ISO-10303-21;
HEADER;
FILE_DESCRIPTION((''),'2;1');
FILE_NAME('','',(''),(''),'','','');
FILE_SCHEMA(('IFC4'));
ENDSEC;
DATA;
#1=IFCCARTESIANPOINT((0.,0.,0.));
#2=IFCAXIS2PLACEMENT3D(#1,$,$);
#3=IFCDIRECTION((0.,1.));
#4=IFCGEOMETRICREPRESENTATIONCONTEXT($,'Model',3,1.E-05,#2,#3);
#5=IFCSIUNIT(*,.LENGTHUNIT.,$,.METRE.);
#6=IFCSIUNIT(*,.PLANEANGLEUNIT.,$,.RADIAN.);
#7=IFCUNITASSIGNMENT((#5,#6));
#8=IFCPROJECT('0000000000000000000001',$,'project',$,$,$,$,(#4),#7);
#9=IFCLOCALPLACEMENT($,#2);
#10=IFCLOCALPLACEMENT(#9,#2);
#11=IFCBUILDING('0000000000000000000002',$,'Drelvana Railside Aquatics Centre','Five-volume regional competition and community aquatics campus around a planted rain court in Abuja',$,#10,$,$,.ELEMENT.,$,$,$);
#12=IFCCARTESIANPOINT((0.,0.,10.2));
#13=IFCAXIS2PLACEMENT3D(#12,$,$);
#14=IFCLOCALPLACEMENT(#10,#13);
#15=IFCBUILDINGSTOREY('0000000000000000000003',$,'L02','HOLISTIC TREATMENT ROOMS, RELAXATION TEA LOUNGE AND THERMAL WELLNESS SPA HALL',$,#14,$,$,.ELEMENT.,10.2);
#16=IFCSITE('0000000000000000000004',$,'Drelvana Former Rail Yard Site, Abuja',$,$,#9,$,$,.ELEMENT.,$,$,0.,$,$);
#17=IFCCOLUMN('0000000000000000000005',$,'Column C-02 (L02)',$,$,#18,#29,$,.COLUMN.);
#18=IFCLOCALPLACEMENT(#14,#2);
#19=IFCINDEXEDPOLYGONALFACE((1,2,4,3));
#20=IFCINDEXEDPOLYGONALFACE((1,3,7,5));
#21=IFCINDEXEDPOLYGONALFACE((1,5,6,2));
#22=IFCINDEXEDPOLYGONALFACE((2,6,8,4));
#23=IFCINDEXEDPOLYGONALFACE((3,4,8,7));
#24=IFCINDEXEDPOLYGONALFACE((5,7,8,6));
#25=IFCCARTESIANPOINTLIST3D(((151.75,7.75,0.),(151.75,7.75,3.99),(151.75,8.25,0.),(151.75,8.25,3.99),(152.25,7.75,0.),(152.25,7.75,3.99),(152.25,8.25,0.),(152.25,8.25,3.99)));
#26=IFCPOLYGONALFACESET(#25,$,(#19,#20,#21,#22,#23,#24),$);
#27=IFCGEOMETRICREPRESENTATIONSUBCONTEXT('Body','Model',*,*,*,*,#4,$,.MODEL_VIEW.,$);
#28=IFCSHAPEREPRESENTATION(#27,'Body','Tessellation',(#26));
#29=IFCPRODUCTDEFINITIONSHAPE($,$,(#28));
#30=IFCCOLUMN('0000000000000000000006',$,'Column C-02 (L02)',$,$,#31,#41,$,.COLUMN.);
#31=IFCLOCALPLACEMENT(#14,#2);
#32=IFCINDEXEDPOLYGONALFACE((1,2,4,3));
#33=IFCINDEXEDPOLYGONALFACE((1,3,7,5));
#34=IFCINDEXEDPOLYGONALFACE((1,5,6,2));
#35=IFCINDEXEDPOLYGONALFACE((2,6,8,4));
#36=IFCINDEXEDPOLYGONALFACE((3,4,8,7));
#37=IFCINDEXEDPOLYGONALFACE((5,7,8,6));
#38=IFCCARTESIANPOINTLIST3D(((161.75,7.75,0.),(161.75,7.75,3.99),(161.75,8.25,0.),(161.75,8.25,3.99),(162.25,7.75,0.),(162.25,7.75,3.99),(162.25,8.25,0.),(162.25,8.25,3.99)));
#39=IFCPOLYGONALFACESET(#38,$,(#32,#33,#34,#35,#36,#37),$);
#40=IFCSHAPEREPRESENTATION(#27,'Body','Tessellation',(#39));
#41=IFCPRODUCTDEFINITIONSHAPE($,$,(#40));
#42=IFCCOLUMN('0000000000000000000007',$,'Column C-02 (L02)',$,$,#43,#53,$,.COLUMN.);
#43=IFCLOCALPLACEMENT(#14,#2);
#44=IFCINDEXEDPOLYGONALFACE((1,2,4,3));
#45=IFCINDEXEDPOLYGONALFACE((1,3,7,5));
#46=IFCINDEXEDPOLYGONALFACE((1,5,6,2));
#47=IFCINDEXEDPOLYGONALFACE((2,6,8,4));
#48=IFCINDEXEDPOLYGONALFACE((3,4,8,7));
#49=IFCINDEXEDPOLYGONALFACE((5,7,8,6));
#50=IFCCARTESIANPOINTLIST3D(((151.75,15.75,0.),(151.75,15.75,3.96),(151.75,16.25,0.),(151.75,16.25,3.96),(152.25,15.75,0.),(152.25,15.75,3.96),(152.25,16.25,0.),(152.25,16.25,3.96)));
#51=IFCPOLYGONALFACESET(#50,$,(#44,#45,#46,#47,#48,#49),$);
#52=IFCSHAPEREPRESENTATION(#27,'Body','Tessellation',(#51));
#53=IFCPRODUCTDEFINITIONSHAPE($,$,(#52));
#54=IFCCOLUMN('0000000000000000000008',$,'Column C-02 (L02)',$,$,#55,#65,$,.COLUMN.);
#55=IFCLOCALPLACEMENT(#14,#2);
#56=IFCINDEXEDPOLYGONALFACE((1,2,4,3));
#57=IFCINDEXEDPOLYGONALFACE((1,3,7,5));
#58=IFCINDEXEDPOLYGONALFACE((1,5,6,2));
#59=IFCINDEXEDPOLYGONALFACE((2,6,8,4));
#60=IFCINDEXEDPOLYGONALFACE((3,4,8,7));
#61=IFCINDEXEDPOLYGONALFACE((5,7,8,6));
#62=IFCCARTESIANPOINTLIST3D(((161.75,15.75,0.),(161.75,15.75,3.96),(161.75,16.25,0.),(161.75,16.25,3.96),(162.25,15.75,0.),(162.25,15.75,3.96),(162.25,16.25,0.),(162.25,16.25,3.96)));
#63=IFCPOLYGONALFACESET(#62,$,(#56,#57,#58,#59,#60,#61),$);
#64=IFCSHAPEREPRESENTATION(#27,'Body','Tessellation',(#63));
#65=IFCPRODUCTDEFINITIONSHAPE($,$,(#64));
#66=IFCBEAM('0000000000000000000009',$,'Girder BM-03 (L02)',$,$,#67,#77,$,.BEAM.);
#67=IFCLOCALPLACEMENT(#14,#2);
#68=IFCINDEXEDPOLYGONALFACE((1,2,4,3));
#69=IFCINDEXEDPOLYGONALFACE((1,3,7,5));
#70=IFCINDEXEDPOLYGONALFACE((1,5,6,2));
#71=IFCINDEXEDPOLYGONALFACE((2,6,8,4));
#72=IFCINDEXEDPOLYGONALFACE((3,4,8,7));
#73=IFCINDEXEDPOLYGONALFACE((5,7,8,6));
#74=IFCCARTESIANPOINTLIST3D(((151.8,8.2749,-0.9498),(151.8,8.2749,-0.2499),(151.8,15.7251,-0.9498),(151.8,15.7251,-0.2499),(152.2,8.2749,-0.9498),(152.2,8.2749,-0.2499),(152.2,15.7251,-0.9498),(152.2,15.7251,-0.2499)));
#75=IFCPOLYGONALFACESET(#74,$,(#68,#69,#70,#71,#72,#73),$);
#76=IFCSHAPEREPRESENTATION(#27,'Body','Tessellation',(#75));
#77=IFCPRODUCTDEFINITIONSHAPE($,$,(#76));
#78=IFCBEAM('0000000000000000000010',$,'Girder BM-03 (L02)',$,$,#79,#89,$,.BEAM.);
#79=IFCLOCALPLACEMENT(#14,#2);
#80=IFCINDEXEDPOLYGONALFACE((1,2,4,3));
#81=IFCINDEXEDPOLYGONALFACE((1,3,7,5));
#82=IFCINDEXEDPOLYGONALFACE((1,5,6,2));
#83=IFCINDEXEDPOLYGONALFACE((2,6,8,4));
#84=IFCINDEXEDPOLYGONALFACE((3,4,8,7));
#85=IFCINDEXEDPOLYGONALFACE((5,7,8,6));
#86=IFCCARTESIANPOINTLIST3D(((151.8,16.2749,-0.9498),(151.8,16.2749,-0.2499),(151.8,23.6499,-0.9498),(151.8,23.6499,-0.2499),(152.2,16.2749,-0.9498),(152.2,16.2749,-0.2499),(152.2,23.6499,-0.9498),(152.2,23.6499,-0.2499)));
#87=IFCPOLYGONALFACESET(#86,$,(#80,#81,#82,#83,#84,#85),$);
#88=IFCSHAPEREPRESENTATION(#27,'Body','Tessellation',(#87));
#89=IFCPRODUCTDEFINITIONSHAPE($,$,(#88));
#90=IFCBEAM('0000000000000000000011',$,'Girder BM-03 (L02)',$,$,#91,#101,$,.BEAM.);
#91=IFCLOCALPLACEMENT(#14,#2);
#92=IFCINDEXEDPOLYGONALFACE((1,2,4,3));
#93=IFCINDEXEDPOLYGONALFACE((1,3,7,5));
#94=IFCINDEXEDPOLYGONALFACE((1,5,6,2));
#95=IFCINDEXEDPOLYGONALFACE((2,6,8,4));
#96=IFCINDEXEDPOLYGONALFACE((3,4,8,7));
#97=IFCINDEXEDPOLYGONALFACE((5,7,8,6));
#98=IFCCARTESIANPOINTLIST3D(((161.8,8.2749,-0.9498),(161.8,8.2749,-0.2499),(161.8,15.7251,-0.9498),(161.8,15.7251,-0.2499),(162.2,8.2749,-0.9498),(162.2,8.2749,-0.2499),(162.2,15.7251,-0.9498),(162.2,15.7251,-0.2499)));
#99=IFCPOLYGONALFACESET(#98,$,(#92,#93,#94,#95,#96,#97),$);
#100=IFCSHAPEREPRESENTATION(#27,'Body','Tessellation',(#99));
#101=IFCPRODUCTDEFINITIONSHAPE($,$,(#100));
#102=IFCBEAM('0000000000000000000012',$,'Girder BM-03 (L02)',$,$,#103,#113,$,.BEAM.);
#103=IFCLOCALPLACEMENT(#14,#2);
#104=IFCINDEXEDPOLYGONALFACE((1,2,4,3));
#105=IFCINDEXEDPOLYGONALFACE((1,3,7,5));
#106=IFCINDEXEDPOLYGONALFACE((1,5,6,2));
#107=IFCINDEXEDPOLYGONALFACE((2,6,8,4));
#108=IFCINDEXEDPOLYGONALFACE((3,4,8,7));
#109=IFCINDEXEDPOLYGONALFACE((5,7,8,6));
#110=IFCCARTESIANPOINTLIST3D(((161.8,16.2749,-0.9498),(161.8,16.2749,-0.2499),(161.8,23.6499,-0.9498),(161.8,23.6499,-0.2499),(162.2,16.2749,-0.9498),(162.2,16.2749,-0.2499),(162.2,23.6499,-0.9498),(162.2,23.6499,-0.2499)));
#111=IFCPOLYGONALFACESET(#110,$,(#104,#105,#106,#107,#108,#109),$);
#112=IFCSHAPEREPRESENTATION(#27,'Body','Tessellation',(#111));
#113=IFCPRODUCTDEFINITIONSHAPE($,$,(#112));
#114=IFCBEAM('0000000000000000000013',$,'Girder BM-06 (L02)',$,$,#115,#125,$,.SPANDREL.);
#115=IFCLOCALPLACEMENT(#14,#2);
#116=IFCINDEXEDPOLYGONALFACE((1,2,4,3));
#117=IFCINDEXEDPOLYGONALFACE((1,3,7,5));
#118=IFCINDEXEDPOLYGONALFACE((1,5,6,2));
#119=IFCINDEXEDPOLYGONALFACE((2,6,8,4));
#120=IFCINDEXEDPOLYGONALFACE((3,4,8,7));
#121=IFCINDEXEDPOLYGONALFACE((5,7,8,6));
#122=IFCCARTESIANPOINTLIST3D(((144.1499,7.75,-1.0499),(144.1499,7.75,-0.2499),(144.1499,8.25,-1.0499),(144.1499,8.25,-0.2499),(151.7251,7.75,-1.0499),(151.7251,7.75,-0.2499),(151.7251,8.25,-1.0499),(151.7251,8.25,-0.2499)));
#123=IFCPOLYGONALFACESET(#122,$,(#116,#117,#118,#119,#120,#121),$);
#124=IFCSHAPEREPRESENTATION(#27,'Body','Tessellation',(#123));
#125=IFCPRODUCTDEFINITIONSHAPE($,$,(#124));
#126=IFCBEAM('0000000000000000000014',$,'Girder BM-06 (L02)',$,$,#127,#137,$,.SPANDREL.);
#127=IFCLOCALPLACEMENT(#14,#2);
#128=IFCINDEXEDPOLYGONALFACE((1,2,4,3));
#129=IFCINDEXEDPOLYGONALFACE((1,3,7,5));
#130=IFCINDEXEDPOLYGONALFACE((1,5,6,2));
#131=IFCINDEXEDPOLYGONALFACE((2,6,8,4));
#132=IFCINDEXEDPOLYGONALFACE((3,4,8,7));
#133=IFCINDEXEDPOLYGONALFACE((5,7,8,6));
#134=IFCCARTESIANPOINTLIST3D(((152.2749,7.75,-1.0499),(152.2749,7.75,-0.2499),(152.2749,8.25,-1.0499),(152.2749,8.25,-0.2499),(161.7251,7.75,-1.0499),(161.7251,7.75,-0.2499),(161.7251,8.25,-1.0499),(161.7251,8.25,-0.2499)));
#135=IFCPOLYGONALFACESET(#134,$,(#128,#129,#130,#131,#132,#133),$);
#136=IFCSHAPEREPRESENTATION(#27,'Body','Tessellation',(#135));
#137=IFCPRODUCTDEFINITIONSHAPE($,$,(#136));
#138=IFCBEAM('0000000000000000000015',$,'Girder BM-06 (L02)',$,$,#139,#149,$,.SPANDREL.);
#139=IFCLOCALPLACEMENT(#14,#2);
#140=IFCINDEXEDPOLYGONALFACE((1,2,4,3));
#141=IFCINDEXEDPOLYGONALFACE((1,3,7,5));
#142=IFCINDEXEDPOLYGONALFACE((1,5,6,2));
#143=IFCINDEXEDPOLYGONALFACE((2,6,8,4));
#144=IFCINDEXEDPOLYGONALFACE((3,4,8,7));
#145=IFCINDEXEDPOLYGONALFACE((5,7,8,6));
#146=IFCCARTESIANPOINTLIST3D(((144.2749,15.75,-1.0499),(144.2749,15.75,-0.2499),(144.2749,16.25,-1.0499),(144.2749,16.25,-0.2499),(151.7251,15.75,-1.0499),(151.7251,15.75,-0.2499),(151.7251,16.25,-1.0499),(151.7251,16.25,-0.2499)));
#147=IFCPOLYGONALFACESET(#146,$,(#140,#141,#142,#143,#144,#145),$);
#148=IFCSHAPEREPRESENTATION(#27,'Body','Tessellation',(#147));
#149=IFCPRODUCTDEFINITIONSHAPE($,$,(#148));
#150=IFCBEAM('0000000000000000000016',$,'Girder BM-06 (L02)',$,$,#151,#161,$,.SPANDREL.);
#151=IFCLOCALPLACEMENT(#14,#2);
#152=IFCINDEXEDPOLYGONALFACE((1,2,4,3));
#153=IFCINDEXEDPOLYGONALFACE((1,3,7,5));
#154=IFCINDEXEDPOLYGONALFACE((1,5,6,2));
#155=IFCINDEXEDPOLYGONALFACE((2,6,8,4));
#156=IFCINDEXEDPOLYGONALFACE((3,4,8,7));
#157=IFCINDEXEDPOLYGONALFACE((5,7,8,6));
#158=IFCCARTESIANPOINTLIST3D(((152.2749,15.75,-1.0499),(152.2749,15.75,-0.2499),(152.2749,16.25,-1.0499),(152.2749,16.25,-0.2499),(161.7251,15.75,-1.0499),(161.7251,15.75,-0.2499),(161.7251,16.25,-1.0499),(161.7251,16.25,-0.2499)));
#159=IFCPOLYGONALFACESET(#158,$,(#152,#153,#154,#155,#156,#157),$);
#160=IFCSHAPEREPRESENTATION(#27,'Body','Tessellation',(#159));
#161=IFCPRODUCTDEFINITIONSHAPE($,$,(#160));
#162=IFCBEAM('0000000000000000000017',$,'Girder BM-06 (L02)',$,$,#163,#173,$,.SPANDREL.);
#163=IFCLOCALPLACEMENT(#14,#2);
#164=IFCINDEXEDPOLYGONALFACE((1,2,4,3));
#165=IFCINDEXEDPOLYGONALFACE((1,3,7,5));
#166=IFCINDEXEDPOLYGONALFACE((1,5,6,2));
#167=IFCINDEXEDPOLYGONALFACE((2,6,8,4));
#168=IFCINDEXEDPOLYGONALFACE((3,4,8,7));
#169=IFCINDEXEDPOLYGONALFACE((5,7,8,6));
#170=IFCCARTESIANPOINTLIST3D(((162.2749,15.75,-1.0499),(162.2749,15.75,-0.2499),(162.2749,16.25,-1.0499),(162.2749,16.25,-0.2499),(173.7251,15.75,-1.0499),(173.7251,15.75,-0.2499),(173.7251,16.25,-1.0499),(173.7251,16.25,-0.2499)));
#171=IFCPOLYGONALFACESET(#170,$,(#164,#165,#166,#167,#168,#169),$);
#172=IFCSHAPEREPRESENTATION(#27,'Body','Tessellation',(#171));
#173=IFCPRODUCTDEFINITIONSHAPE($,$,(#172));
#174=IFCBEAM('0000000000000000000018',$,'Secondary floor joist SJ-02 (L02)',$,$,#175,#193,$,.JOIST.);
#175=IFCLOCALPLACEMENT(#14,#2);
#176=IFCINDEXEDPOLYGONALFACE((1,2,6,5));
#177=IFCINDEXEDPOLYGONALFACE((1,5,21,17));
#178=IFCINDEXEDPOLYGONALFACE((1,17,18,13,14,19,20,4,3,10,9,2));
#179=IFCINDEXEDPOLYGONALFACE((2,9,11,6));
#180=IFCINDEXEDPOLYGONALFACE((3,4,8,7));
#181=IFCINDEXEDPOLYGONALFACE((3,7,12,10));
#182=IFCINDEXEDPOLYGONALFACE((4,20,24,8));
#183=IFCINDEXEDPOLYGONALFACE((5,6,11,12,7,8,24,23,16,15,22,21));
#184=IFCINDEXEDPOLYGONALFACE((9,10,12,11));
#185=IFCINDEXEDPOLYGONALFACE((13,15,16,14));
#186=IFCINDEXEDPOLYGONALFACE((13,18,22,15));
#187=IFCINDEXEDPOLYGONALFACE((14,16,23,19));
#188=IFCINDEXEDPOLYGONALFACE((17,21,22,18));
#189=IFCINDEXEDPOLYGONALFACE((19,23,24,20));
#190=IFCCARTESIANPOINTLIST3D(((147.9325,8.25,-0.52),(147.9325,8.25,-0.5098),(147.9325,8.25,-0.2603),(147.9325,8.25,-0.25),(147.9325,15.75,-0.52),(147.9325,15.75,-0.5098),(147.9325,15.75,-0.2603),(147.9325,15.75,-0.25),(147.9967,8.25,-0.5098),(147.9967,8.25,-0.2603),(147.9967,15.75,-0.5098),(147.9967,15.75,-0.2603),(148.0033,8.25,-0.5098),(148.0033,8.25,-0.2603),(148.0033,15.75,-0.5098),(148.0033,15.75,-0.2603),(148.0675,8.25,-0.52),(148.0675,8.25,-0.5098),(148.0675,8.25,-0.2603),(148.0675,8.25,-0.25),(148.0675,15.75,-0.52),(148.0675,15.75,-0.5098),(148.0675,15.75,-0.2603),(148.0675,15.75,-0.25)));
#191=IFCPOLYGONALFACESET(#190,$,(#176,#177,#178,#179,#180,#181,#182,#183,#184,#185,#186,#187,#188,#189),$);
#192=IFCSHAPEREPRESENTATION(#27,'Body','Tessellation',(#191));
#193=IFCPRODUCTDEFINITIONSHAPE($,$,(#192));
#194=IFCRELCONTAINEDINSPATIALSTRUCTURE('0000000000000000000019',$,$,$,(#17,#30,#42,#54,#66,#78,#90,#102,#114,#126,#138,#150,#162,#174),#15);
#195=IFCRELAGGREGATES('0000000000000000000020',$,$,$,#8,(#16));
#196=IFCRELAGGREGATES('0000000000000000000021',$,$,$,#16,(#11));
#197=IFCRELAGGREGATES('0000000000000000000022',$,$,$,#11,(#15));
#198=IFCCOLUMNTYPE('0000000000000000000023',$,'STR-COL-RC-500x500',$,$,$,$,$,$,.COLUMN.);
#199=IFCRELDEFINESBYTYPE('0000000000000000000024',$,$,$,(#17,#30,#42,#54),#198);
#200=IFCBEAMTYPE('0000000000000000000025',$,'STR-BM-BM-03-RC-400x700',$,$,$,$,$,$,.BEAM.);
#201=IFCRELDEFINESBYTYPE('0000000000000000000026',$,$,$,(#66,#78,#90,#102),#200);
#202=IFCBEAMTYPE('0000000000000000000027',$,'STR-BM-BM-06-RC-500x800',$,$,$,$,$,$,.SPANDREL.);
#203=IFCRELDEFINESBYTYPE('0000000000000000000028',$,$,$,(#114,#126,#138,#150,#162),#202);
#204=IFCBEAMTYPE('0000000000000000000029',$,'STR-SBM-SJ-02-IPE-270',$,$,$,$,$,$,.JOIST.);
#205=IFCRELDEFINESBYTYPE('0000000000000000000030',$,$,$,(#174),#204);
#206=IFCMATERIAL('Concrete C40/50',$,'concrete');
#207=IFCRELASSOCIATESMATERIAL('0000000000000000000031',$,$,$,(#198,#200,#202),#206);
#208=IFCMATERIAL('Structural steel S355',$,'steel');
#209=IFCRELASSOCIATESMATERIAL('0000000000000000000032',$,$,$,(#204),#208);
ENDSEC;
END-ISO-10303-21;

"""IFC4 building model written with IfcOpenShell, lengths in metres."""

from ifc_helpers import new_model, si_unit, direction, frame, origin, origin_2d, place, context, subcontext, project, spatial, rectangle, i_section, extrude, material, material_profile, profile_set, type_object, element, save


model = new_model("IFC4")

# Units and contexts
model_context = context("Model", 3, precision=1e-05, world=origin(), true_north=direction((0.0, 1.0)))
body_context = subcontext(model_context, "Body", "Model", "MODEL_VIEW")
ifc_project = project(units=[si_unit("LENGTHUNIT", "METRE"), si_unit("PLANEANGLEUNIT", "RADIAN")], contexts=[model_context])

# Site, building, storey
site_placement = place(None, origin())
site = spatial("IfcSite", under=ifc_project, at=site_placement, Name="Drelvana Former Rail Yard Site, Abuja", CompositionType="ELEMENT", RefElevation=0.0)
building_placement = place(site_placement, origin())
building = spatial("IfcBuilding", under=site, at=building_placement, Name="Drelvana Railside Aquatics Centre", Description="Five-volume regional competition and community aquatics campus around a planted rain court in Abuja", CompositionType="ELEMENT")
storey_placement = place(building_placement, frame((0.0, 0.0, 10.2)))
storey = spatial("IfcBuildingStorey", under=building, at=storey_placement, Name="L02", Description="HOLISTIC TREATMENT ROOMS, RELAXATION TEA LOUNGE AND THERMAL WELLNESS SPA HALL", CompositionType="ELEMENT", Elevation=10.2)

# Columns
ifc_material_1 = material(Name="Concrete C40/50", Category="concrete")
ifc_material_profile_1 = material_profile(ifc_material_1, rectangle(XDim=0.5, YDim=0.5, at=origin_2d()), Name="RC 500x500")
ifc_profile_set_1 = profile_set([ifc_material_profile_1], Name="Concrete C40/50")
column_type = type_object("IfcColumnType", Name="STR-COL-RC-500x500", PredefinedType="COLUMN", material=ifc_profile_set_1)
for number, where, z_axis, x_axis, name in (
    (1, (152.0, 8.0, 0.0), (0.0, 0.0, 1.0), (1.0, 0.0, 0.0), "Column C-02 (L02)"),
    (2, (162.0, 8.0, 0.0), (0.0, 0.0, 1.0), (1.0, 0.0, 0.0), "Column C-02 (L02)"),
):
    element("IfcColumn", number, at=place(storey_placement, frame(where, z_axis=z_axis, x_axis=x_axis)), inside=storey, type_object=column_type, Name=name, PredefinedType="COLUMN", context=body_context, shape_type="SweptSolid", body=[
        extrude(rectangle(XDim=0.5, YDim=0.5, at=origin_2d()), origin(), (0.0, 0.0, 1.0), 3.99),
    ])
for number, where, z_axis, x_axis, name in (
    (3, (152.0, 16.0, 0.0), (0.0, 0.0, 1.0), (1.0, 0.0, 0.0), "Column C-02 (L02)"),
    (4, (162.0, 16.0, 0.0), (0.0, 0.0, 1.0), (1.0, 0.0, 0.0), "Column C-02 (L02)"),
):
    element("IfcColumn", number, at=place(storey_placement, frame(where, z_axis=z_axis, x_axis=x_axis)), inside=storey, type_object=column_type, Name=name, PredefinedType="COLUMN", context=body_context, shape_type="SweptSolid", body=[
        extrude(rectangle(XDim=0.5, YDim=0.5, at=origin_2d()), origin(), (0.0, 0.0, 1.0), 3.96),
    ])

# Beams
ifc_material_profile_2 = material_profile(ifc_material_1, rectangle(XDim=0.3999, YDim=0.7, at=origin_2d()), Name="RC 400x700")
ifc_profile_set_2 = profile_set([ifc_material_profile_2], Name="Concrete C40/50")
beam_type_1 = type_object("IfcBeamType", Name="STR-BM-BM-03-RC-400x700", PredefinedType="BEAM", material=ifc_profile_set_2)
beam_1_placement = place(storey_placement, frame((152.0, 8.2749, -0.5999), z_axis=(0.0, 1.0, 0.0), x_axis=(-1.0, 0.0, 0.0)))
element("IfcBeam", 5, at=beam_1_placement, inside=storey, type_object=beam_type_1, Name="Girder BM-03 (L02)", PredefinedType="BEAM", context=body_context, shape_type="SweptSolid", body=[
    extrude(rectangle(XDim=0.3999, YDim=0.7, at=origin_2d()), origin(), (0.0, 0.0, 1.0), 7.4502),
])
beam_2_placement = place(storey_placement, frame((152.0, 16.2749, -0.5999), z_axis=(0.0, 1.0, 0.0), x_axis=(-1.0, 0.0, 0.0)))
element("IfcBeam", 6, at=beam_2_placement, inside=storey, type_object=beam_type_1, Name="Girder BM-03 (L02)", PredefinedType="BEAM", context=body_context, shape_type="SweptSolid", body=[
    extrude(rectangle(XDim=0.3999, YDim=0.7, at=origin_2d()), origin(), (0.0, 0.0, 1.0), 7.375),
])
beam_3_placement = place(storey_placement, frame((162.0, 8.2749, -0.5999), z_axis=(0.0, 1.0, 0.0), x_axis=(-1.0, 0.0, 0.0)))
element("IfcBeam", 7, at=beam_3_placement, inside=storey, type_object=beam_type_1, Name="Girder BM-03 (L02)", PredefinedType="BEAM", context=body_context, shape_type="SweptSolid", body=[
    extrude(rectangle(XDim=0.3999, YDim=0.7, at=origin_2d()), origin(), (0.0, 0.0, 1.0), 7.4502),
])
beam_4_placement = place(storey_placement, frame((162.0, 16.2749, -0.5999), z_axis=(0.0, 1.0, 0.0), x_axis=(-1.0, 0.0, 0.0)))
element("IfcBeam", 8, at=beam_4_placement, inside=storey, type_object=beam_type_1, Name="Girder BM-03 (L02)", PredefinedType="BEAM", context=body_context, shape_type="SweptSolid", body=[
    extrude(rectangle(XDim=0.3999, YDim=0.7, at=origin_2d()), origin(), (0.0, 0.0, 1.0), 7.375),
])
ifc_material_profile_3 = material_profile(ifc_material_1, rectangle(XDim=0.5, YDim=0.8, at=origin_2d()), Name="RC 500x800")
ifc_profile_set_3 = profile_set([ifc_material_profile_3], Name="Concrete C40/50")
beam_type_2 = type_object("IfcBeamType", Name="STR-BM-BM-06-RC-500x800", PredefinedType="SPANDREL", material=ifc_profile_set_3)
beam_5_placement = place(storey_placement, frame((144.1499, 8.0, -0.6499), z_axis=(1.0, 0.0, 0.0), x_axis=(0.0, 1.0, 0.0)))
element("IfcBeam", 9, at=beam_5_placement, inside=storey, type_object=beam_type_2, Name="Girder BM-06 (L02)", PredefinedType="SPANDREL", context=body_context, shape_type="SweptSolid", body=[
    extrude(rectangle(XDim=0.5, YDim=0.8, at=origin_2d()), origin(), (0.0, 0.0, 1.0), 7.5752),
])
beam_6_placement = place(storey_placement, frame((152.2749, 8.0, -0.6499), z_axis=(1.0, 0.0, 0.0), x_axis=(0.0, 1.0, 0.0)))
element("IfcBeam", 10, at=beam_6_placement, inside=storey, type_object=beam_type_2, Name="Girder BM-06 (L02)", PredefinedType="SPANDREL", context=body_context, shape_type="SweptSolid", body=[
    extrude(rectangle(XDim=0.5, YDim=0.8, at=origin_2d()), origin(), (0.0, 0.0, 1.0), 9.4502),
])
beam_7_placement = place(storey_placement, frame((144.2749, 16.0, -0.6499), z_axis=(1.0, 0.0, 0.0), x_axis=(0.0, 1.0, 0.0)))
element("IfcBeam", 11, at=beam_7_placement, inside=storey, type_object=beam_type_2, Name="Girder BM-06 (L02)", PredefinedType="SPANDREL", context=body_context, shape_type="SweptSolid", body=[
    extrude(rectangle(XDim=0.5, YDim=0.8, at=origin_2d()), origin(), (0.0, 0.0, 1.0), 7.4502),
])
beam_8_placement = place(storey_placement, frame((152.2749, 16.0, -0.6499), z_axis=(1.0, 0.0, 0.0), x_axis=(0.0, 1.0, 0.0)))
element("IfcBeam", 12, at=beam_8_placement, inside=storey, type_object=beam_type_2, Name="Girder BM-06 (L02)", PredefinedType="SPANDREL", context=body_context, shape_type="SweptSolid", body=[
    extrude(rectangle(XDim=0.5, YDim=0.8, at=origin_2d()), origin(), (0.0, 0.0, 1.0), 9.4502),
])
beam_9_placement = place(storey_placement, frame((162.2749, 16.0, -0.6499), z_axis=(1.0, 0.0, 0.0), x_axis=(0.0, 1.0, 0.0)))
element("IfcBeam", 13, at=beam_9_placement, inside=storey, type_object=beam_type_2, Name="Girder BM-06 (L02)", PredefinedType="SPANDREL", context=body_context, shape_type="SweptSolid", body=[
    extrude(rectangle(XDim=0.5, YDim=0.8, at=origin_2d()), origin(), (0.0, 0.0, 1.0), 11.4502),
])
ifc_material_2 = material(Name="Structural steel S355", Category="steel")
ifc_material_profile_4 = material_profile(ifc_material_2, i_section(OverallWidth=0.135, OverallDepth=0.27, WebThickness=0.0066, FlangeThickness=0.0103, at=origin_2d()), Name="IPE 270")
ifc_profile_set_4 = profile_set([ifc_material_profile_4], Name="Structural steel S355")
beam_type_3 = type_object("IfcBeamType", Name="STR-SBM-SJ-02-IPE-270", PredefinedType="JOIST", material=ifc_profile_set_4)
beam_10_placement = place(storey_placement, frame((148.0, 8.25, -0.385), z_axis=(0.0, 1.0, 0.0), x_axis=(-1.0, 0.0, 0.0)))
element("IfcBeam", 14, at=beam_10_placement, inside=storey, type_object=beam_type_3, Name="Secondary floor joist SJ-02 (L02)", PredefinedType="JOIST", context=body_context, shape_type="SweptSolid", body=[
    extrude(i_section(OverallWidth=0.135, OverallDepth=0.27, WebThickness=0.0066, FlangeThickness=0.0103, at=origin_2d()), origin(), (0.0, 0.0, 1.0), 7.5),
])

save(model, "model.ifc")
